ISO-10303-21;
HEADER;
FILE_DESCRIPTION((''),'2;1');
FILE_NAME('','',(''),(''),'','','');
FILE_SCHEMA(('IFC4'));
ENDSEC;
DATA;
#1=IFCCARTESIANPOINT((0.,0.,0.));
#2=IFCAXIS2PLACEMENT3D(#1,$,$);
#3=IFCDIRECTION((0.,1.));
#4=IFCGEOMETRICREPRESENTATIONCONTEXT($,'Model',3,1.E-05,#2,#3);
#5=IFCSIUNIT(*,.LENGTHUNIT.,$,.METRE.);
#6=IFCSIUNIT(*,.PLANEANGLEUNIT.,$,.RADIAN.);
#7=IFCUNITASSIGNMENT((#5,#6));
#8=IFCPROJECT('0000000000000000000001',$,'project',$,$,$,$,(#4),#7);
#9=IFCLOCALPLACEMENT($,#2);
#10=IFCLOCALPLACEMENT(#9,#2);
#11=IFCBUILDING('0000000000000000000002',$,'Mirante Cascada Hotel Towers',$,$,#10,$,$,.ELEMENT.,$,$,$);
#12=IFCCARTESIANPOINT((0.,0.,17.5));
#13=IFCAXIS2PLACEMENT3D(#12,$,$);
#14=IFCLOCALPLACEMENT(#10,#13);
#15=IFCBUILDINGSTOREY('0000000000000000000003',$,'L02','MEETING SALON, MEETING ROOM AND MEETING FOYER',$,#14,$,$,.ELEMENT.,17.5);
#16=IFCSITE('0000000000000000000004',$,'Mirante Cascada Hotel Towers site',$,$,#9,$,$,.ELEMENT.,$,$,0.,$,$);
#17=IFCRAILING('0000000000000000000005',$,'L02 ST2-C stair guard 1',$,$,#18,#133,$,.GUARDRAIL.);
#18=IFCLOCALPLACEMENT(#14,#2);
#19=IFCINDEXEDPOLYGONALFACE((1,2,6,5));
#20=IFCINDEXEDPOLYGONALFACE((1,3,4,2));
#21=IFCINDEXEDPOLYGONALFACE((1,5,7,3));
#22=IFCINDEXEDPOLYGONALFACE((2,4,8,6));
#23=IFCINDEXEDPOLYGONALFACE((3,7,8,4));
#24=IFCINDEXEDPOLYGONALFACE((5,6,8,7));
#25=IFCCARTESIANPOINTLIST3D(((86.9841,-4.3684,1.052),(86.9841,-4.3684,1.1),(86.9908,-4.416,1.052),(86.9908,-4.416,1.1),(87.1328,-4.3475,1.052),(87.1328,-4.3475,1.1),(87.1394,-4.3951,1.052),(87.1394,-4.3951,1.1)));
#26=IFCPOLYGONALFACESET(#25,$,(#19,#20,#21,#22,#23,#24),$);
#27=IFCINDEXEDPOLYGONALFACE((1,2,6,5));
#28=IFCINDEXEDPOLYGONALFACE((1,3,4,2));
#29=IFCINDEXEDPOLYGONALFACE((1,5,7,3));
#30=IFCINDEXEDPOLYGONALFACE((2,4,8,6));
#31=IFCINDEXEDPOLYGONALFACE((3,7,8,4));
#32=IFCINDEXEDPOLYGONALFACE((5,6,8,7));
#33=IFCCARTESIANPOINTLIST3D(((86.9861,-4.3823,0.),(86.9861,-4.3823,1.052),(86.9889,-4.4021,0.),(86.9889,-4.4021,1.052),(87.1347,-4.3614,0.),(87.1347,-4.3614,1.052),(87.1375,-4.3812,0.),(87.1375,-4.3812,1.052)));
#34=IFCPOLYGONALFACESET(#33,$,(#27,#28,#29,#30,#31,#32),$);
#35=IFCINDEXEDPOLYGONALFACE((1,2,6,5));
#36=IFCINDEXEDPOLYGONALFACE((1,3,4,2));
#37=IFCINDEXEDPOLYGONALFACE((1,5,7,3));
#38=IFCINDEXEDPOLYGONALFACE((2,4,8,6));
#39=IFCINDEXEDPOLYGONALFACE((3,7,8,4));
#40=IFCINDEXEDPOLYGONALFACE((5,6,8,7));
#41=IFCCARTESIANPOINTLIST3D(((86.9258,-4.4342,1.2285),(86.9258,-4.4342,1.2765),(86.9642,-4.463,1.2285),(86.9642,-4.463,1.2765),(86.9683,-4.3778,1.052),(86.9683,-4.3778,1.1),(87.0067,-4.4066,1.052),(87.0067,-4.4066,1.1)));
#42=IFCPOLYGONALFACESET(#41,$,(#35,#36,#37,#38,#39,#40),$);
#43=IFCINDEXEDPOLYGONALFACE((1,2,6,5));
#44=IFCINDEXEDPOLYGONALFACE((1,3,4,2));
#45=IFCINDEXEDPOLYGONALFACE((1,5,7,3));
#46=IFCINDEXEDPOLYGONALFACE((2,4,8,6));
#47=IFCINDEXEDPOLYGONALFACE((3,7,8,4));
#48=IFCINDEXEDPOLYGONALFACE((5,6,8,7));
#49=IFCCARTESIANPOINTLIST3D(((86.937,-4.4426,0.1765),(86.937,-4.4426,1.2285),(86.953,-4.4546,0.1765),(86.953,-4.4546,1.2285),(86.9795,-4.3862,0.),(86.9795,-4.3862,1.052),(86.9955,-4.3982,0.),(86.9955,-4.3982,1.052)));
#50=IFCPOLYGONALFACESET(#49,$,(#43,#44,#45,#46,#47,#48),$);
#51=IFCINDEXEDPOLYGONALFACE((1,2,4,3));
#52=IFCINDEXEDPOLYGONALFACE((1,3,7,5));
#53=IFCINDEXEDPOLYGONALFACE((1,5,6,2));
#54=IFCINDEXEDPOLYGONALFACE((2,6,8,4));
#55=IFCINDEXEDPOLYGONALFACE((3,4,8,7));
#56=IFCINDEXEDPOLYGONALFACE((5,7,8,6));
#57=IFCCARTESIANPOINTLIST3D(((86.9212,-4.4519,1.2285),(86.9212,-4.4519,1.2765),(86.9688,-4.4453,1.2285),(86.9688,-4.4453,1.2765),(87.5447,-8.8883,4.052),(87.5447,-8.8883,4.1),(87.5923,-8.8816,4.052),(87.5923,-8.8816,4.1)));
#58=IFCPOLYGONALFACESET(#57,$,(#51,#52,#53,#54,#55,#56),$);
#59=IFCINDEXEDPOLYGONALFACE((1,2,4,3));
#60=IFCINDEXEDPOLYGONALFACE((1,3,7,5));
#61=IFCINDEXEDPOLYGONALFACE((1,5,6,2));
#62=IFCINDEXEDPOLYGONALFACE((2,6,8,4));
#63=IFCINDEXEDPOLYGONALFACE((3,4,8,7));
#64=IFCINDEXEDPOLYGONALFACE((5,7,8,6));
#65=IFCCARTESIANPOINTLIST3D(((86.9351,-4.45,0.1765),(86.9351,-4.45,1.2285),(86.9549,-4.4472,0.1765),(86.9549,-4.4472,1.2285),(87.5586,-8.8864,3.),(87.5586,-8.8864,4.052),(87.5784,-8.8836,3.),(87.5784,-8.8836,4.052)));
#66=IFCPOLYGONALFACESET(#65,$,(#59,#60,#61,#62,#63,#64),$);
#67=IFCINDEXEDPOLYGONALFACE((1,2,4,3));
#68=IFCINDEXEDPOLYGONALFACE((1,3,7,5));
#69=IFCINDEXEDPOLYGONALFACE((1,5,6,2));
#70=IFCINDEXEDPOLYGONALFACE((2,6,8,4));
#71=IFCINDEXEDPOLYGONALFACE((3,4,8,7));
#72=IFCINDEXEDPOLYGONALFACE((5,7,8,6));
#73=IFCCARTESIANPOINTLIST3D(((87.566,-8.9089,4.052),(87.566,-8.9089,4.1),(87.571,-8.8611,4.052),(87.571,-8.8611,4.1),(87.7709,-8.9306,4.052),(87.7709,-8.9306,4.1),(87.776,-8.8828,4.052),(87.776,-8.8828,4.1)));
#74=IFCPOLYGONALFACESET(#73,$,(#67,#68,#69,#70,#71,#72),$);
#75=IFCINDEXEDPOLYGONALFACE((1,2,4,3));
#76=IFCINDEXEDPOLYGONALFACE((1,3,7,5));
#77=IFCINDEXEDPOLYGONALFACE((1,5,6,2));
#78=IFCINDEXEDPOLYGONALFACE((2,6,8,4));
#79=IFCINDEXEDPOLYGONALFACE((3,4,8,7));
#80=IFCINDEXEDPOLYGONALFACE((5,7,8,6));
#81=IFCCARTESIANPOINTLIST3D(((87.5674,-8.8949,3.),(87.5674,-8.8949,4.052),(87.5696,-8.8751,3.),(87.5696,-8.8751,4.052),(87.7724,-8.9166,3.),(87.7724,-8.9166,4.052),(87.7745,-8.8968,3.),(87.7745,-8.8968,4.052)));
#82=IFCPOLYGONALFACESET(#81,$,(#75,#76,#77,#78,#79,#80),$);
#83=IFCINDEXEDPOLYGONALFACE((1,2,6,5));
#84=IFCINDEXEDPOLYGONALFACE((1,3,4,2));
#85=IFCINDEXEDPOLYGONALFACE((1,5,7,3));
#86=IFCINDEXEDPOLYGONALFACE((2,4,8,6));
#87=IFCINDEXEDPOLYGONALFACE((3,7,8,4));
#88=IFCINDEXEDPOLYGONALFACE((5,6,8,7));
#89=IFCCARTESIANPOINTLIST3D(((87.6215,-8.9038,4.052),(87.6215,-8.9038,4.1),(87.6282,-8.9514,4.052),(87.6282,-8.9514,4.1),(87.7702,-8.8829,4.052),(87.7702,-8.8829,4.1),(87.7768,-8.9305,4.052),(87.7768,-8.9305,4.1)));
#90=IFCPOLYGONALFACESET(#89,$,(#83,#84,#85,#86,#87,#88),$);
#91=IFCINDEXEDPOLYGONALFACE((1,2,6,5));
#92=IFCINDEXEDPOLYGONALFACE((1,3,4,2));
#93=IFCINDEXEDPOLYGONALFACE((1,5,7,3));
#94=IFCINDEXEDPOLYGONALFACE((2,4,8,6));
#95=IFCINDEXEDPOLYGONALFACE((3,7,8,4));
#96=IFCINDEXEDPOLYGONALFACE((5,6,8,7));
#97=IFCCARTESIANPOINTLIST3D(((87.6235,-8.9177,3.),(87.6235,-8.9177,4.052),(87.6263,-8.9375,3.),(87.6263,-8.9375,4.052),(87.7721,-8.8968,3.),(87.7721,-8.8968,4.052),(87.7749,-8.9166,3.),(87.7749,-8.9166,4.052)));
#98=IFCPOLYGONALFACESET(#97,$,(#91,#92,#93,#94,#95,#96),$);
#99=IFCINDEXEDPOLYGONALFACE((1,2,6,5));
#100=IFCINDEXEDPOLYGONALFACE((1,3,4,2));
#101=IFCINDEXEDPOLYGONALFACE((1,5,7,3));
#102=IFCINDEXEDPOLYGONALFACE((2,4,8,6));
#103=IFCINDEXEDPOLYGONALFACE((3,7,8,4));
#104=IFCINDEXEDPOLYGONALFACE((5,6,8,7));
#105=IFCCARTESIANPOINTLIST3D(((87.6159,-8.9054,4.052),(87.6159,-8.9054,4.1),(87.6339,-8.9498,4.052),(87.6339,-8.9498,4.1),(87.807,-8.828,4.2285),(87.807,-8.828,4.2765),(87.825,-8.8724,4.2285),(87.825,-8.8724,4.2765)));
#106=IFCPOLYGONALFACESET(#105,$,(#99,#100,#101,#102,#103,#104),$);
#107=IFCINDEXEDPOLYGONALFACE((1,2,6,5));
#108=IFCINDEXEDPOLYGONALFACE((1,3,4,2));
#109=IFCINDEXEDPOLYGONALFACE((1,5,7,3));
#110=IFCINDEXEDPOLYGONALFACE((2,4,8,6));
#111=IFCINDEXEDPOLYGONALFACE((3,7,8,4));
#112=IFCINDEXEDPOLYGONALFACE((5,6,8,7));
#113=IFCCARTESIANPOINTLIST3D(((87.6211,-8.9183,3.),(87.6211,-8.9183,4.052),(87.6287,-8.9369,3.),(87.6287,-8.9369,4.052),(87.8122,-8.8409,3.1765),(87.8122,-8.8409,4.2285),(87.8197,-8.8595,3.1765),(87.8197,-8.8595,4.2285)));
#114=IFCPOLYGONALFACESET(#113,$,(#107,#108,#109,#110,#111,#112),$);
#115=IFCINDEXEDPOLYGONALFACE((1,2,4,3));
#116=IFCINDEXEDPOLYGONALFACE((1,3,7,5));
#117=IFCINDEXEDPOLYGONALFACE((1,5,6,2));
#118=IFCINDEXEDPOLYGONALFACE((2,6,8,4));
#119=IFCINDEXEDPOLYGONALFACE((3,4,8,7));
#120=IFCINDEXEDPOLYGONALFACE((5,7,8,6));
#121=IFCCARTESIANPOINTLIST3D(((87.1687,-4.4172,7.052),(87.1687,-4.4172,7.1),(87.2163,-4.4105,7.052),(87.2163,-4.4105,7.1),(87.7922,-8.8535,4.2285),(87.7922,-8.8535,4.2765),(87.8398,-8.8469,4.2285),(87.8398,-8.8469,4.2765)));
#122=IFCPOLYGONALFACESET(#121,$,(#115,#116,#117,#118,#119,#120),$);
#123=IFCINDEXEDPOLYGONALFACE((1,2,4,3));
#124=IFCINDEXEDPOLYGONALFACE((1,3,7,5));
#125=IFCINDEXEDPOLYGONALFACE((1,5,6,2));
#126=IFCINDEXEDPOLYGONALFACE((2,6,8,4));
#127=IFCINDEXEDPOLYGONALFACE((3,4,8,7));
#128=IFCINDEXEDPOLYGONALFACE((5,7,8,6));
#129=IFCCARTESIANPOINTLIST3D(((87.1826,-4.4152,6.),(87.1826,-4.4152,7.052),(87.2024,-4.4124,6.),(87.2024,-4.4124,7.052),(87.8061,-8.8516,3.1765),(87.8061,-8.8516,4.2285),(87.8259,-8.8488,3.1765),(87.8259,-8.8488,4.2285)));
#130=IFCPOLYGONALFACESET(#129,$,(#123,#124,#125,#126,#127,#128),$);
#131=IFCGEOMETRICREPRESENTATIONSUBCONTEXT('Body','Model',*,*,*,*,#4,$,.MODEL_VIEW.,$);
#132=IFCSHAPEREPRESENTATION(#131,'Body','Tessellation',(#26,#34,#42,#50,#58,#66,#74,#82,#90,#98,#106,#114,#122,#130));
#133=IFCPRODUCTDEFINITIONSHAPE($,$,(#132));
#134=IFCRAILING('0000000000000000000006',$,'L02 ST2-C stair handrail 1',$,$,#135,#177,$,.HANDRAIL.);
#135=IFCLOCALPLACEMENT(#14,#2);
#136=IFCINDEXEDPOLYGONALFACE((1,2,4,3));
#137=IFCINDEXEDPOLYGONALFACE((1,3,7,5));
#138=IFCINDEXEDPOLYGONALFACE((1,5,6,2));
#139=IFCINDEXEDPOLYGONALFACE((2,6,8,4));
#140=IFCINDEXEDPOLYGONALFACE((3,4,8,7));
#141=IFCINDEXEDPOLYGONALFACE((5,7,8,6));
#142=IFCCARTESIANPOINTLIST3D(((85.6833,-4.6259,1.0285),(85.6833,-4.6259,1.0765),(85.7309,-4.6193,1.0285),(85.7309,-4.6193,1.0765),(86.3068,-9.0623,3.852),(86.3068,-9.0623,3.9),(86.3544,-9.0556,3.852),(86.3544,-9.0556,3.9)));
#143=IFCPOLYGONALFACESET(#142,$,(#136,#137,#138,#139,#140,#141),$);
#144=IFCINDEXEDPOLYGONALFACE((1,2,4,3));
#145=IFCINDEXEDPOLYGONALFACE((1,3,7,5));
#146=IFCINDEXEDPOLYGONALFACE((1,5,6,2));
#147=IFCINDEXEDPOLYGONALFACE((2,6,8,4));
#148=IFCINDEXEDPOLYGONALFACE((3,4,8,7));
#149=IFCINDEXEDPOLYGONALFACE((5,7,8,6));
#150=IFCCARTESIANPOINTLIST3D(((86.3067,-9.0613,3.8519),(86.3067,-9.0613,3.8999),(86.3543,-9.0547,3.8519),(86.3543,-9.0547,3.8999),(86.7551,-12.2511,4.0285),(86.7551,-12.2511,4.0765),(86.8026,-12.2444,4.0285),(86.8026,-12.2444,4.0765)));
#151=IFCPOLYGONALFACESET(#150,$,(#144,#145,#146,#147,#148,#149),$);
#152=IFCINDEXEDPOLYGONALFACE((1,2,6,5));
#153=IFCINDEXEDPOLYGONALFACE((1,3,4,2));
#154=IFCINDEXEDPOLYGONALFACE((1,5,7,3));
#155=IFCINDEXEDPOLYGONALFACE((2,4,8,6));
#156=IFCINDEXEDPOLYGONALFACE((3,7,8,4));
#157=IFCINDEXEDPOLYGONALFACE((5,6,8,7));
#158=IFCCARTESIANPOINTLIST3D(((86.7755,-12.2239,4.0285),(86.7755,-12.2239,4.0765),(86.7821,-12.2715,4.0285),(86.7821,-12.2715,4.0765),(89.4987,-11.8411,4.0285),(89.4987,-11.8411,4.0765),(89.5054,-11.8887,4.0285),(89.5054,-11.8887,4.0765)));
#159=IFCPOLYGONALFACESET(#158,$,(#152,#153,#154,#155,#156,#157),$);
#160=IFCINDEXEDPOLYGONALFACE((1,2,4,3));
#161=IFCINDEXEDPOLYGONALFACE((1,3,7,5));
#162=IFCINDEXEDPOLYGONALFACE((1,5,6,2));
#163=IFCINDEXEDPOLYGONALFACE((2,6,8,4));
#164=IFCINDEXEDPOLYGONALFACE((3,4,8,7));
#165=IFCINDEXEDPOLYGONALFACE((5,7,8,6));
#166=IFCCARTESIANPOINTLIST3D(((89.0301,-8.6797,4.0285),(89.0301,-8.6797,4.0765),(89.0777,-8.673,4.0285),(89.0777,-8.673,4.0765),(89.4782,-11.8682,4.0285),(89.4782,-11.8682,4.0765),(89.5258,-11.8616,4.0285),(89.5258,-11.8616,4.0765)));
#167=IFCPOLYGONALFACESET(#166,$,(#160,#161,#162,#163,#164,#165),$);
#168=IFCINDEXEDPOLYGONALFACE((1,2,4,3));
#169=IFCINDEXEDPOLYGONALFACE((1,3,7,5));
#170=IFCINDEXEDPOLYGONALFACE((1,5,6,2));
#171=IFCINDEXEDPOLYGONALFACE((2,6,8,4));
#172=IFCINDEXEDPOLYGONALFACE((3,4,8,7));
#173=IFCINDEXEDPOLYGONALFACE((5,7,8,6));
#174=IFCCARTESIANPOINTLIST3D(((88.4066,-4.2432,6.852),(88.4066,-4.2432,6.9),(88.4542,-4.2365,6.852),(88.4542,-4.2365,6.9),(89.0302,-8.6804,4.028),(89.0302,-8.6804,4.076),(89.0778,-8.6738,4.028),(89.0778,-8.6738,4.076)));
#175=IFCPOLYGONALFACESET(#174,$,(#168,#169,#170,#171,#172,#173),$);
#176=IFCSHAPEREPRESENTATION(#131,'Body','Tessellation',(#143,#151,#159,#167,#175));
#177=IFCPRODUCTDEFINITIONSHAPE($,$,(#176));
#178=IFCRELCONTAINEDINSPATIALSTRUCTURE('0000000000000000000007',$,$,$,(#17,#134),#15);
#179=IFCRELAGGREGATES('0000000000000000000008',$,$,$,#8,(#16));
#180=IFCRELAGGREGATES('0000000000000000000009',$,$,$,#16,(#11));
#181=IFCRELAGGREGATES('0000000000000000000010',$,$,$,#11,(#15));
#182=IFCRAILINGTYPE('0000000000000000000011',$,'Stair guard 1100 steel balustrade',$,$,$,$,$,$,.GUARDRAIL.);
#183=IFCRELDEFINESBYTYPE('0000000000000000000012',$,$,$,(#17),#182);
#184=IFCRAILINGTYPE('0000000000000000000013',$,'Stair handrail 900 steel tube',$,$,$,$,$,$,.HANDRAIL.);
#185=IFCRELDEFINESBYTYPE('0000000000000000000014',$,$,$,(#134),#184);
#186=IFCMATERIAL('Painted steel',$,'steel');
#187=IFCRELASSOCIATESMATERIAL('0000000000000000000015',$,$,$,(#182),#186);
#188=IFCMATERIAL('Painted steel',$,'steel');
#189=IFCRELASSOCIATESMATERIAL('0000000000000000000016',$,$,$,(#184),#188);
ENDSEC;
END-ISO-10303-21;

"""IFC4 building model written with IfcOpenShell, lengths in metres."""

from ifc_helpers import new_model, si_unit, direction, frame, origin, origin_2d, place, context, subcontext, project, spatial, rectangle, extrude, material, type_object, element, save


model = new_model("IFC4")

# Units and contexts
model_context = context("Model", 3, precision=1e-05, world=origin(), true_north=direction((0.0, 1.0)))
body_context = subcontext(model_context, "Body", "Model", "MODEL_VIEW")
ifc_project = project(units=[si_unit("LENGTHUNIT", "METRE"), si_unit("PLANEANGLEUNIT", "RADIAN")], contexts=[model_context])

# Site, building, storey
site_placement = place(None, origin())
site = spatial("IfcSite", under=ifc_project, at=site_placement, Name="Mirante Cascada Hotel Towers site", CompositionType="ELEMENT", RefElevation=0.0)
building_placement = place(site_placement, origin())
building = spatial("IfcBuilding", under=site, at=building_placement, Name="Mirante Cascada Hotel Towers", CompositionType="ELEMENT")
storey_placement = place(building_placement, frame((0.0, 0.0, 17.5)))
storey = spatial("IfcBuildingStorey", under=building, at=storey_placement, Name="L02", Description="MEETING SALON, MEETING ROOM AND MEETING FOYER", CompositionType="ELEMENT", Elevation=17.5)

# Railings
ifc_material_1 = material(Name="Painted steel", Category="steel")
railing_type_1 = type_object("IfcRailingType", Name="Stair guard 1100 steel balustrade", PredefinedType="GUARDRAIL", material=ifc_material_1)
railing_1_placement = place(storey_placement, frame((87.1361, -4.3713, 0.0)))
element("IfcRailing", 1, at=railing_1_placement, inside=storey, type_object=railing_type_1, Name="L02 ST2-C stair guard 1", PredefinedType="GUARDRAIL", context=body_context, shape_type="SweptSolid", body=[
    extrude(rectangle(XDim=0.048, YDim=0.048, at=origin_2d()), frame((0.0, 0.0, 1.076), z_axis=(-0.990254, -0.139275, 0.0), x_axis=(0.139275, -0.990254, 0.0)), (0.0, 0.0, 1.0), 0.1501),
    extrude(rectangle(XDim=0.02, YDim=1.052, at=origin_2d()), frame((0.0, 0.0, 0.526), z_axis=(-0.990254, -0.139275, 0.0), x_axis=(0.139275, -0.990254, 0.0)), (0.0, 0.0, 1.0), 0.1501),
    extrude(rectangle(XDim=0.048, YDim=0.048, at=origin_2d()), frame((-0.1486, -0.0209, 1.076), z_axis=(-0.601811, -0.798639, 0.0), x_axis=(0.798639, -0.601811, 0.0)), (0.0, 0.92844, 0.371482), 0.1901),
    extrude(rectangle(XDim=0.02, YDim=1.052, at=origin_2d()), frame((-0.1486, -0.0209, 0.526), z_axis=(-0.601811, -0.798639, 0.0), x_axis=(0.798639, -0.601811, 0.0)), (0.0, 0.92844, 0.371482), 0.1901),
    extrude(rectangle(XDim=0.048, YDim=0.048, at=origin_2d()), frame((-0.1911, -0.0773, 1.2525), z_axis=(0.139174, -0.990268, 0.0), x_axis=(0.990268, 0.139174, 0.0)), (0.0, 0.533186, 0.845998), 5.2955),
    extrude(rectangle(XDim=0.02, YDim=1.052, at=origin_2d()), frame((-0.1911, -0.0773, 0.7025), z_axis=(0.139174, -0.990268, 0.0), x_axis=(0.990268, 0.139174, 0.0)), (0.0, 0.533186, 0.845998), 5.2955),
    extrude(rectangle(XDim=0.048, YDim=0.048, at=origin_2d()), frame((0.4324, -4.5137, 4.076), z_axis=(0.994444, -0.105266, 0.0), x_axis=(0.105266, 0.994444, 0.0)), (0.0, 0.0, 1.0), 0.2061),
    extrude(rectangle(XDim=0.02, YDim=1.052, at=origin_2d()), frame((0.4324, -4.5137, 3.526), z_axis=(0.994444, -0.105266, 0.0), x_axis=(0.105266, 0.994444, 0.0)), (0.0, 0.0, 1.0), 0.2061),
    extrude(rectangle(XDim=0.048, YDim=0.048, at=origin_2d()), frame((0.6374, -4.5354, 4.076), z_axis=(-0.990254, -0.139275, 0.0), x_axis=(0.139275, -0.990254, 0.0)), (0.0, 0.0, 1.0), 0.1501),
    extrude(rectangle(XDim=0.02, YDim=1.052, at=origin_2d()), frame((0.6374, -4.5354, 3.526), z_axis=(-0.990254, -0.139275, 0.0), x_axis=(0.139275, -0.990254, 0.0)), (0.0, 0.0, 1.0), 0.1501),
    extrude(rectangle(XDim=0.048, YDim=0.048, at=origin_2d()), frame((0.4888, -4.5563, 4.076), z_axis=(0.926862, 0.375401, 0.0), x_axis=(-0.375401, 0.926862, 0.0)), (0.0, 0.650313, 0.759667), 0.2714),
    extrude(rectangle(XDim=0.02, YDim=1.052, at=origin_2d()), frame((0.4888, -4.5563, 3.526), z_axis=(0.926862, 0.375401, 0.0), x_axis=(-0.375401, 0.926862, 0.0)), (0.0, 0.650313, 0.759667), 0.2714),
    extrude(rectangle(XDim=0.048, YDim=0.048, at=origin_2d()), frame((0.6799, -4.4789, 4.2525), z_axis=(-0.139174, 0.990268, 0.0), x_axis=(-0.990268, -0.139174, 0.0)), (0.0, 0.533186, 0.845998), 5.2955),
    extrude(rectangle(XDim=0.02, YDim=1.052, at=origin_2d()), frame((0.6799, -4.4789, 3.7025), z_axis=(-0.139174, 0.990268, 0.0), x_axis=(-0.990268, -0.139174, 0.0)), (0.0, 0.533186, 0.845998), 5.2955),
])
ifc_material_2 = material(Name="Painted steel", Category="steel")
railing_type_2 = type_object("IfcRailingType", Name="Stair handrail 900 steel tube", PredefinedType="HANDRAIL", material=ifc_material_2)
railing_2_placement = place(storey_placement, frame((85.7071, -4.6226, 0.1765)))
element("IfcRailing", 2, at=railing_2_placement, inside=storey, type_object=railing_type_2, Name="L02 ST2-C stair handrail 1", PredefinedType="HANDRAIL", context=body_context, shape_type="SweptSolid", body=[
    extrude(rectangle(XDim=0.048, YDim=0.048, at=origin_2d()), frame((0.0, 0.0, 0.876), z_axis=(0.139174, -0.990268, 0.0), x_axis=(0.990268, 0.139174, 0.0)), (0.0, 0.533186, 0.845998), 5.2955),
    extrude(rectangle(XDim=0.048, YDim=0.048, at=origin_2d()), frame((0.6234, -4.4354, 3.6994), z_axis=(0.139191, -0.990266, 0.0), x_axis=(0.990266, 0.139191, 0.0)), (0.0, 0.054731, 0.998501), 3.2259),
    extrude(rectangle(XDim=0.048, YDim=0.048, at=origin_2d()), frame((1.0717, -7.6251, 3.876), z_axis=(0.990264, 0.139201, 0.0), x_axis=(-0.139201, 0.990264, 0.0)), (0.0, 0.0, 1.0), 2.75),
    extrude(rectangle(XDim=0.048, YDim=0.048, at=origin_2d()), frame((3.7949, -7.2423, 3.876), z_axis=(-0.139164, 0.990269, 0.0), x_axis=(-0.990269, -0.139164, 0.0)), (0.0, 0.0, 1.0), 3.2199),
    extrude(rectangle(XDim=0.048, YDim=0.048, at=origin_2d()), frame((3.3469, -4.0545, 3.8755), z_axis=(-0.139174, 0.990268, 0.0), x_axis=(-0.990268, -0.139174, 0.0)), (0.0, 0.533186, 0.845998), 5.2965),
])

save(model, "model.ifc")
